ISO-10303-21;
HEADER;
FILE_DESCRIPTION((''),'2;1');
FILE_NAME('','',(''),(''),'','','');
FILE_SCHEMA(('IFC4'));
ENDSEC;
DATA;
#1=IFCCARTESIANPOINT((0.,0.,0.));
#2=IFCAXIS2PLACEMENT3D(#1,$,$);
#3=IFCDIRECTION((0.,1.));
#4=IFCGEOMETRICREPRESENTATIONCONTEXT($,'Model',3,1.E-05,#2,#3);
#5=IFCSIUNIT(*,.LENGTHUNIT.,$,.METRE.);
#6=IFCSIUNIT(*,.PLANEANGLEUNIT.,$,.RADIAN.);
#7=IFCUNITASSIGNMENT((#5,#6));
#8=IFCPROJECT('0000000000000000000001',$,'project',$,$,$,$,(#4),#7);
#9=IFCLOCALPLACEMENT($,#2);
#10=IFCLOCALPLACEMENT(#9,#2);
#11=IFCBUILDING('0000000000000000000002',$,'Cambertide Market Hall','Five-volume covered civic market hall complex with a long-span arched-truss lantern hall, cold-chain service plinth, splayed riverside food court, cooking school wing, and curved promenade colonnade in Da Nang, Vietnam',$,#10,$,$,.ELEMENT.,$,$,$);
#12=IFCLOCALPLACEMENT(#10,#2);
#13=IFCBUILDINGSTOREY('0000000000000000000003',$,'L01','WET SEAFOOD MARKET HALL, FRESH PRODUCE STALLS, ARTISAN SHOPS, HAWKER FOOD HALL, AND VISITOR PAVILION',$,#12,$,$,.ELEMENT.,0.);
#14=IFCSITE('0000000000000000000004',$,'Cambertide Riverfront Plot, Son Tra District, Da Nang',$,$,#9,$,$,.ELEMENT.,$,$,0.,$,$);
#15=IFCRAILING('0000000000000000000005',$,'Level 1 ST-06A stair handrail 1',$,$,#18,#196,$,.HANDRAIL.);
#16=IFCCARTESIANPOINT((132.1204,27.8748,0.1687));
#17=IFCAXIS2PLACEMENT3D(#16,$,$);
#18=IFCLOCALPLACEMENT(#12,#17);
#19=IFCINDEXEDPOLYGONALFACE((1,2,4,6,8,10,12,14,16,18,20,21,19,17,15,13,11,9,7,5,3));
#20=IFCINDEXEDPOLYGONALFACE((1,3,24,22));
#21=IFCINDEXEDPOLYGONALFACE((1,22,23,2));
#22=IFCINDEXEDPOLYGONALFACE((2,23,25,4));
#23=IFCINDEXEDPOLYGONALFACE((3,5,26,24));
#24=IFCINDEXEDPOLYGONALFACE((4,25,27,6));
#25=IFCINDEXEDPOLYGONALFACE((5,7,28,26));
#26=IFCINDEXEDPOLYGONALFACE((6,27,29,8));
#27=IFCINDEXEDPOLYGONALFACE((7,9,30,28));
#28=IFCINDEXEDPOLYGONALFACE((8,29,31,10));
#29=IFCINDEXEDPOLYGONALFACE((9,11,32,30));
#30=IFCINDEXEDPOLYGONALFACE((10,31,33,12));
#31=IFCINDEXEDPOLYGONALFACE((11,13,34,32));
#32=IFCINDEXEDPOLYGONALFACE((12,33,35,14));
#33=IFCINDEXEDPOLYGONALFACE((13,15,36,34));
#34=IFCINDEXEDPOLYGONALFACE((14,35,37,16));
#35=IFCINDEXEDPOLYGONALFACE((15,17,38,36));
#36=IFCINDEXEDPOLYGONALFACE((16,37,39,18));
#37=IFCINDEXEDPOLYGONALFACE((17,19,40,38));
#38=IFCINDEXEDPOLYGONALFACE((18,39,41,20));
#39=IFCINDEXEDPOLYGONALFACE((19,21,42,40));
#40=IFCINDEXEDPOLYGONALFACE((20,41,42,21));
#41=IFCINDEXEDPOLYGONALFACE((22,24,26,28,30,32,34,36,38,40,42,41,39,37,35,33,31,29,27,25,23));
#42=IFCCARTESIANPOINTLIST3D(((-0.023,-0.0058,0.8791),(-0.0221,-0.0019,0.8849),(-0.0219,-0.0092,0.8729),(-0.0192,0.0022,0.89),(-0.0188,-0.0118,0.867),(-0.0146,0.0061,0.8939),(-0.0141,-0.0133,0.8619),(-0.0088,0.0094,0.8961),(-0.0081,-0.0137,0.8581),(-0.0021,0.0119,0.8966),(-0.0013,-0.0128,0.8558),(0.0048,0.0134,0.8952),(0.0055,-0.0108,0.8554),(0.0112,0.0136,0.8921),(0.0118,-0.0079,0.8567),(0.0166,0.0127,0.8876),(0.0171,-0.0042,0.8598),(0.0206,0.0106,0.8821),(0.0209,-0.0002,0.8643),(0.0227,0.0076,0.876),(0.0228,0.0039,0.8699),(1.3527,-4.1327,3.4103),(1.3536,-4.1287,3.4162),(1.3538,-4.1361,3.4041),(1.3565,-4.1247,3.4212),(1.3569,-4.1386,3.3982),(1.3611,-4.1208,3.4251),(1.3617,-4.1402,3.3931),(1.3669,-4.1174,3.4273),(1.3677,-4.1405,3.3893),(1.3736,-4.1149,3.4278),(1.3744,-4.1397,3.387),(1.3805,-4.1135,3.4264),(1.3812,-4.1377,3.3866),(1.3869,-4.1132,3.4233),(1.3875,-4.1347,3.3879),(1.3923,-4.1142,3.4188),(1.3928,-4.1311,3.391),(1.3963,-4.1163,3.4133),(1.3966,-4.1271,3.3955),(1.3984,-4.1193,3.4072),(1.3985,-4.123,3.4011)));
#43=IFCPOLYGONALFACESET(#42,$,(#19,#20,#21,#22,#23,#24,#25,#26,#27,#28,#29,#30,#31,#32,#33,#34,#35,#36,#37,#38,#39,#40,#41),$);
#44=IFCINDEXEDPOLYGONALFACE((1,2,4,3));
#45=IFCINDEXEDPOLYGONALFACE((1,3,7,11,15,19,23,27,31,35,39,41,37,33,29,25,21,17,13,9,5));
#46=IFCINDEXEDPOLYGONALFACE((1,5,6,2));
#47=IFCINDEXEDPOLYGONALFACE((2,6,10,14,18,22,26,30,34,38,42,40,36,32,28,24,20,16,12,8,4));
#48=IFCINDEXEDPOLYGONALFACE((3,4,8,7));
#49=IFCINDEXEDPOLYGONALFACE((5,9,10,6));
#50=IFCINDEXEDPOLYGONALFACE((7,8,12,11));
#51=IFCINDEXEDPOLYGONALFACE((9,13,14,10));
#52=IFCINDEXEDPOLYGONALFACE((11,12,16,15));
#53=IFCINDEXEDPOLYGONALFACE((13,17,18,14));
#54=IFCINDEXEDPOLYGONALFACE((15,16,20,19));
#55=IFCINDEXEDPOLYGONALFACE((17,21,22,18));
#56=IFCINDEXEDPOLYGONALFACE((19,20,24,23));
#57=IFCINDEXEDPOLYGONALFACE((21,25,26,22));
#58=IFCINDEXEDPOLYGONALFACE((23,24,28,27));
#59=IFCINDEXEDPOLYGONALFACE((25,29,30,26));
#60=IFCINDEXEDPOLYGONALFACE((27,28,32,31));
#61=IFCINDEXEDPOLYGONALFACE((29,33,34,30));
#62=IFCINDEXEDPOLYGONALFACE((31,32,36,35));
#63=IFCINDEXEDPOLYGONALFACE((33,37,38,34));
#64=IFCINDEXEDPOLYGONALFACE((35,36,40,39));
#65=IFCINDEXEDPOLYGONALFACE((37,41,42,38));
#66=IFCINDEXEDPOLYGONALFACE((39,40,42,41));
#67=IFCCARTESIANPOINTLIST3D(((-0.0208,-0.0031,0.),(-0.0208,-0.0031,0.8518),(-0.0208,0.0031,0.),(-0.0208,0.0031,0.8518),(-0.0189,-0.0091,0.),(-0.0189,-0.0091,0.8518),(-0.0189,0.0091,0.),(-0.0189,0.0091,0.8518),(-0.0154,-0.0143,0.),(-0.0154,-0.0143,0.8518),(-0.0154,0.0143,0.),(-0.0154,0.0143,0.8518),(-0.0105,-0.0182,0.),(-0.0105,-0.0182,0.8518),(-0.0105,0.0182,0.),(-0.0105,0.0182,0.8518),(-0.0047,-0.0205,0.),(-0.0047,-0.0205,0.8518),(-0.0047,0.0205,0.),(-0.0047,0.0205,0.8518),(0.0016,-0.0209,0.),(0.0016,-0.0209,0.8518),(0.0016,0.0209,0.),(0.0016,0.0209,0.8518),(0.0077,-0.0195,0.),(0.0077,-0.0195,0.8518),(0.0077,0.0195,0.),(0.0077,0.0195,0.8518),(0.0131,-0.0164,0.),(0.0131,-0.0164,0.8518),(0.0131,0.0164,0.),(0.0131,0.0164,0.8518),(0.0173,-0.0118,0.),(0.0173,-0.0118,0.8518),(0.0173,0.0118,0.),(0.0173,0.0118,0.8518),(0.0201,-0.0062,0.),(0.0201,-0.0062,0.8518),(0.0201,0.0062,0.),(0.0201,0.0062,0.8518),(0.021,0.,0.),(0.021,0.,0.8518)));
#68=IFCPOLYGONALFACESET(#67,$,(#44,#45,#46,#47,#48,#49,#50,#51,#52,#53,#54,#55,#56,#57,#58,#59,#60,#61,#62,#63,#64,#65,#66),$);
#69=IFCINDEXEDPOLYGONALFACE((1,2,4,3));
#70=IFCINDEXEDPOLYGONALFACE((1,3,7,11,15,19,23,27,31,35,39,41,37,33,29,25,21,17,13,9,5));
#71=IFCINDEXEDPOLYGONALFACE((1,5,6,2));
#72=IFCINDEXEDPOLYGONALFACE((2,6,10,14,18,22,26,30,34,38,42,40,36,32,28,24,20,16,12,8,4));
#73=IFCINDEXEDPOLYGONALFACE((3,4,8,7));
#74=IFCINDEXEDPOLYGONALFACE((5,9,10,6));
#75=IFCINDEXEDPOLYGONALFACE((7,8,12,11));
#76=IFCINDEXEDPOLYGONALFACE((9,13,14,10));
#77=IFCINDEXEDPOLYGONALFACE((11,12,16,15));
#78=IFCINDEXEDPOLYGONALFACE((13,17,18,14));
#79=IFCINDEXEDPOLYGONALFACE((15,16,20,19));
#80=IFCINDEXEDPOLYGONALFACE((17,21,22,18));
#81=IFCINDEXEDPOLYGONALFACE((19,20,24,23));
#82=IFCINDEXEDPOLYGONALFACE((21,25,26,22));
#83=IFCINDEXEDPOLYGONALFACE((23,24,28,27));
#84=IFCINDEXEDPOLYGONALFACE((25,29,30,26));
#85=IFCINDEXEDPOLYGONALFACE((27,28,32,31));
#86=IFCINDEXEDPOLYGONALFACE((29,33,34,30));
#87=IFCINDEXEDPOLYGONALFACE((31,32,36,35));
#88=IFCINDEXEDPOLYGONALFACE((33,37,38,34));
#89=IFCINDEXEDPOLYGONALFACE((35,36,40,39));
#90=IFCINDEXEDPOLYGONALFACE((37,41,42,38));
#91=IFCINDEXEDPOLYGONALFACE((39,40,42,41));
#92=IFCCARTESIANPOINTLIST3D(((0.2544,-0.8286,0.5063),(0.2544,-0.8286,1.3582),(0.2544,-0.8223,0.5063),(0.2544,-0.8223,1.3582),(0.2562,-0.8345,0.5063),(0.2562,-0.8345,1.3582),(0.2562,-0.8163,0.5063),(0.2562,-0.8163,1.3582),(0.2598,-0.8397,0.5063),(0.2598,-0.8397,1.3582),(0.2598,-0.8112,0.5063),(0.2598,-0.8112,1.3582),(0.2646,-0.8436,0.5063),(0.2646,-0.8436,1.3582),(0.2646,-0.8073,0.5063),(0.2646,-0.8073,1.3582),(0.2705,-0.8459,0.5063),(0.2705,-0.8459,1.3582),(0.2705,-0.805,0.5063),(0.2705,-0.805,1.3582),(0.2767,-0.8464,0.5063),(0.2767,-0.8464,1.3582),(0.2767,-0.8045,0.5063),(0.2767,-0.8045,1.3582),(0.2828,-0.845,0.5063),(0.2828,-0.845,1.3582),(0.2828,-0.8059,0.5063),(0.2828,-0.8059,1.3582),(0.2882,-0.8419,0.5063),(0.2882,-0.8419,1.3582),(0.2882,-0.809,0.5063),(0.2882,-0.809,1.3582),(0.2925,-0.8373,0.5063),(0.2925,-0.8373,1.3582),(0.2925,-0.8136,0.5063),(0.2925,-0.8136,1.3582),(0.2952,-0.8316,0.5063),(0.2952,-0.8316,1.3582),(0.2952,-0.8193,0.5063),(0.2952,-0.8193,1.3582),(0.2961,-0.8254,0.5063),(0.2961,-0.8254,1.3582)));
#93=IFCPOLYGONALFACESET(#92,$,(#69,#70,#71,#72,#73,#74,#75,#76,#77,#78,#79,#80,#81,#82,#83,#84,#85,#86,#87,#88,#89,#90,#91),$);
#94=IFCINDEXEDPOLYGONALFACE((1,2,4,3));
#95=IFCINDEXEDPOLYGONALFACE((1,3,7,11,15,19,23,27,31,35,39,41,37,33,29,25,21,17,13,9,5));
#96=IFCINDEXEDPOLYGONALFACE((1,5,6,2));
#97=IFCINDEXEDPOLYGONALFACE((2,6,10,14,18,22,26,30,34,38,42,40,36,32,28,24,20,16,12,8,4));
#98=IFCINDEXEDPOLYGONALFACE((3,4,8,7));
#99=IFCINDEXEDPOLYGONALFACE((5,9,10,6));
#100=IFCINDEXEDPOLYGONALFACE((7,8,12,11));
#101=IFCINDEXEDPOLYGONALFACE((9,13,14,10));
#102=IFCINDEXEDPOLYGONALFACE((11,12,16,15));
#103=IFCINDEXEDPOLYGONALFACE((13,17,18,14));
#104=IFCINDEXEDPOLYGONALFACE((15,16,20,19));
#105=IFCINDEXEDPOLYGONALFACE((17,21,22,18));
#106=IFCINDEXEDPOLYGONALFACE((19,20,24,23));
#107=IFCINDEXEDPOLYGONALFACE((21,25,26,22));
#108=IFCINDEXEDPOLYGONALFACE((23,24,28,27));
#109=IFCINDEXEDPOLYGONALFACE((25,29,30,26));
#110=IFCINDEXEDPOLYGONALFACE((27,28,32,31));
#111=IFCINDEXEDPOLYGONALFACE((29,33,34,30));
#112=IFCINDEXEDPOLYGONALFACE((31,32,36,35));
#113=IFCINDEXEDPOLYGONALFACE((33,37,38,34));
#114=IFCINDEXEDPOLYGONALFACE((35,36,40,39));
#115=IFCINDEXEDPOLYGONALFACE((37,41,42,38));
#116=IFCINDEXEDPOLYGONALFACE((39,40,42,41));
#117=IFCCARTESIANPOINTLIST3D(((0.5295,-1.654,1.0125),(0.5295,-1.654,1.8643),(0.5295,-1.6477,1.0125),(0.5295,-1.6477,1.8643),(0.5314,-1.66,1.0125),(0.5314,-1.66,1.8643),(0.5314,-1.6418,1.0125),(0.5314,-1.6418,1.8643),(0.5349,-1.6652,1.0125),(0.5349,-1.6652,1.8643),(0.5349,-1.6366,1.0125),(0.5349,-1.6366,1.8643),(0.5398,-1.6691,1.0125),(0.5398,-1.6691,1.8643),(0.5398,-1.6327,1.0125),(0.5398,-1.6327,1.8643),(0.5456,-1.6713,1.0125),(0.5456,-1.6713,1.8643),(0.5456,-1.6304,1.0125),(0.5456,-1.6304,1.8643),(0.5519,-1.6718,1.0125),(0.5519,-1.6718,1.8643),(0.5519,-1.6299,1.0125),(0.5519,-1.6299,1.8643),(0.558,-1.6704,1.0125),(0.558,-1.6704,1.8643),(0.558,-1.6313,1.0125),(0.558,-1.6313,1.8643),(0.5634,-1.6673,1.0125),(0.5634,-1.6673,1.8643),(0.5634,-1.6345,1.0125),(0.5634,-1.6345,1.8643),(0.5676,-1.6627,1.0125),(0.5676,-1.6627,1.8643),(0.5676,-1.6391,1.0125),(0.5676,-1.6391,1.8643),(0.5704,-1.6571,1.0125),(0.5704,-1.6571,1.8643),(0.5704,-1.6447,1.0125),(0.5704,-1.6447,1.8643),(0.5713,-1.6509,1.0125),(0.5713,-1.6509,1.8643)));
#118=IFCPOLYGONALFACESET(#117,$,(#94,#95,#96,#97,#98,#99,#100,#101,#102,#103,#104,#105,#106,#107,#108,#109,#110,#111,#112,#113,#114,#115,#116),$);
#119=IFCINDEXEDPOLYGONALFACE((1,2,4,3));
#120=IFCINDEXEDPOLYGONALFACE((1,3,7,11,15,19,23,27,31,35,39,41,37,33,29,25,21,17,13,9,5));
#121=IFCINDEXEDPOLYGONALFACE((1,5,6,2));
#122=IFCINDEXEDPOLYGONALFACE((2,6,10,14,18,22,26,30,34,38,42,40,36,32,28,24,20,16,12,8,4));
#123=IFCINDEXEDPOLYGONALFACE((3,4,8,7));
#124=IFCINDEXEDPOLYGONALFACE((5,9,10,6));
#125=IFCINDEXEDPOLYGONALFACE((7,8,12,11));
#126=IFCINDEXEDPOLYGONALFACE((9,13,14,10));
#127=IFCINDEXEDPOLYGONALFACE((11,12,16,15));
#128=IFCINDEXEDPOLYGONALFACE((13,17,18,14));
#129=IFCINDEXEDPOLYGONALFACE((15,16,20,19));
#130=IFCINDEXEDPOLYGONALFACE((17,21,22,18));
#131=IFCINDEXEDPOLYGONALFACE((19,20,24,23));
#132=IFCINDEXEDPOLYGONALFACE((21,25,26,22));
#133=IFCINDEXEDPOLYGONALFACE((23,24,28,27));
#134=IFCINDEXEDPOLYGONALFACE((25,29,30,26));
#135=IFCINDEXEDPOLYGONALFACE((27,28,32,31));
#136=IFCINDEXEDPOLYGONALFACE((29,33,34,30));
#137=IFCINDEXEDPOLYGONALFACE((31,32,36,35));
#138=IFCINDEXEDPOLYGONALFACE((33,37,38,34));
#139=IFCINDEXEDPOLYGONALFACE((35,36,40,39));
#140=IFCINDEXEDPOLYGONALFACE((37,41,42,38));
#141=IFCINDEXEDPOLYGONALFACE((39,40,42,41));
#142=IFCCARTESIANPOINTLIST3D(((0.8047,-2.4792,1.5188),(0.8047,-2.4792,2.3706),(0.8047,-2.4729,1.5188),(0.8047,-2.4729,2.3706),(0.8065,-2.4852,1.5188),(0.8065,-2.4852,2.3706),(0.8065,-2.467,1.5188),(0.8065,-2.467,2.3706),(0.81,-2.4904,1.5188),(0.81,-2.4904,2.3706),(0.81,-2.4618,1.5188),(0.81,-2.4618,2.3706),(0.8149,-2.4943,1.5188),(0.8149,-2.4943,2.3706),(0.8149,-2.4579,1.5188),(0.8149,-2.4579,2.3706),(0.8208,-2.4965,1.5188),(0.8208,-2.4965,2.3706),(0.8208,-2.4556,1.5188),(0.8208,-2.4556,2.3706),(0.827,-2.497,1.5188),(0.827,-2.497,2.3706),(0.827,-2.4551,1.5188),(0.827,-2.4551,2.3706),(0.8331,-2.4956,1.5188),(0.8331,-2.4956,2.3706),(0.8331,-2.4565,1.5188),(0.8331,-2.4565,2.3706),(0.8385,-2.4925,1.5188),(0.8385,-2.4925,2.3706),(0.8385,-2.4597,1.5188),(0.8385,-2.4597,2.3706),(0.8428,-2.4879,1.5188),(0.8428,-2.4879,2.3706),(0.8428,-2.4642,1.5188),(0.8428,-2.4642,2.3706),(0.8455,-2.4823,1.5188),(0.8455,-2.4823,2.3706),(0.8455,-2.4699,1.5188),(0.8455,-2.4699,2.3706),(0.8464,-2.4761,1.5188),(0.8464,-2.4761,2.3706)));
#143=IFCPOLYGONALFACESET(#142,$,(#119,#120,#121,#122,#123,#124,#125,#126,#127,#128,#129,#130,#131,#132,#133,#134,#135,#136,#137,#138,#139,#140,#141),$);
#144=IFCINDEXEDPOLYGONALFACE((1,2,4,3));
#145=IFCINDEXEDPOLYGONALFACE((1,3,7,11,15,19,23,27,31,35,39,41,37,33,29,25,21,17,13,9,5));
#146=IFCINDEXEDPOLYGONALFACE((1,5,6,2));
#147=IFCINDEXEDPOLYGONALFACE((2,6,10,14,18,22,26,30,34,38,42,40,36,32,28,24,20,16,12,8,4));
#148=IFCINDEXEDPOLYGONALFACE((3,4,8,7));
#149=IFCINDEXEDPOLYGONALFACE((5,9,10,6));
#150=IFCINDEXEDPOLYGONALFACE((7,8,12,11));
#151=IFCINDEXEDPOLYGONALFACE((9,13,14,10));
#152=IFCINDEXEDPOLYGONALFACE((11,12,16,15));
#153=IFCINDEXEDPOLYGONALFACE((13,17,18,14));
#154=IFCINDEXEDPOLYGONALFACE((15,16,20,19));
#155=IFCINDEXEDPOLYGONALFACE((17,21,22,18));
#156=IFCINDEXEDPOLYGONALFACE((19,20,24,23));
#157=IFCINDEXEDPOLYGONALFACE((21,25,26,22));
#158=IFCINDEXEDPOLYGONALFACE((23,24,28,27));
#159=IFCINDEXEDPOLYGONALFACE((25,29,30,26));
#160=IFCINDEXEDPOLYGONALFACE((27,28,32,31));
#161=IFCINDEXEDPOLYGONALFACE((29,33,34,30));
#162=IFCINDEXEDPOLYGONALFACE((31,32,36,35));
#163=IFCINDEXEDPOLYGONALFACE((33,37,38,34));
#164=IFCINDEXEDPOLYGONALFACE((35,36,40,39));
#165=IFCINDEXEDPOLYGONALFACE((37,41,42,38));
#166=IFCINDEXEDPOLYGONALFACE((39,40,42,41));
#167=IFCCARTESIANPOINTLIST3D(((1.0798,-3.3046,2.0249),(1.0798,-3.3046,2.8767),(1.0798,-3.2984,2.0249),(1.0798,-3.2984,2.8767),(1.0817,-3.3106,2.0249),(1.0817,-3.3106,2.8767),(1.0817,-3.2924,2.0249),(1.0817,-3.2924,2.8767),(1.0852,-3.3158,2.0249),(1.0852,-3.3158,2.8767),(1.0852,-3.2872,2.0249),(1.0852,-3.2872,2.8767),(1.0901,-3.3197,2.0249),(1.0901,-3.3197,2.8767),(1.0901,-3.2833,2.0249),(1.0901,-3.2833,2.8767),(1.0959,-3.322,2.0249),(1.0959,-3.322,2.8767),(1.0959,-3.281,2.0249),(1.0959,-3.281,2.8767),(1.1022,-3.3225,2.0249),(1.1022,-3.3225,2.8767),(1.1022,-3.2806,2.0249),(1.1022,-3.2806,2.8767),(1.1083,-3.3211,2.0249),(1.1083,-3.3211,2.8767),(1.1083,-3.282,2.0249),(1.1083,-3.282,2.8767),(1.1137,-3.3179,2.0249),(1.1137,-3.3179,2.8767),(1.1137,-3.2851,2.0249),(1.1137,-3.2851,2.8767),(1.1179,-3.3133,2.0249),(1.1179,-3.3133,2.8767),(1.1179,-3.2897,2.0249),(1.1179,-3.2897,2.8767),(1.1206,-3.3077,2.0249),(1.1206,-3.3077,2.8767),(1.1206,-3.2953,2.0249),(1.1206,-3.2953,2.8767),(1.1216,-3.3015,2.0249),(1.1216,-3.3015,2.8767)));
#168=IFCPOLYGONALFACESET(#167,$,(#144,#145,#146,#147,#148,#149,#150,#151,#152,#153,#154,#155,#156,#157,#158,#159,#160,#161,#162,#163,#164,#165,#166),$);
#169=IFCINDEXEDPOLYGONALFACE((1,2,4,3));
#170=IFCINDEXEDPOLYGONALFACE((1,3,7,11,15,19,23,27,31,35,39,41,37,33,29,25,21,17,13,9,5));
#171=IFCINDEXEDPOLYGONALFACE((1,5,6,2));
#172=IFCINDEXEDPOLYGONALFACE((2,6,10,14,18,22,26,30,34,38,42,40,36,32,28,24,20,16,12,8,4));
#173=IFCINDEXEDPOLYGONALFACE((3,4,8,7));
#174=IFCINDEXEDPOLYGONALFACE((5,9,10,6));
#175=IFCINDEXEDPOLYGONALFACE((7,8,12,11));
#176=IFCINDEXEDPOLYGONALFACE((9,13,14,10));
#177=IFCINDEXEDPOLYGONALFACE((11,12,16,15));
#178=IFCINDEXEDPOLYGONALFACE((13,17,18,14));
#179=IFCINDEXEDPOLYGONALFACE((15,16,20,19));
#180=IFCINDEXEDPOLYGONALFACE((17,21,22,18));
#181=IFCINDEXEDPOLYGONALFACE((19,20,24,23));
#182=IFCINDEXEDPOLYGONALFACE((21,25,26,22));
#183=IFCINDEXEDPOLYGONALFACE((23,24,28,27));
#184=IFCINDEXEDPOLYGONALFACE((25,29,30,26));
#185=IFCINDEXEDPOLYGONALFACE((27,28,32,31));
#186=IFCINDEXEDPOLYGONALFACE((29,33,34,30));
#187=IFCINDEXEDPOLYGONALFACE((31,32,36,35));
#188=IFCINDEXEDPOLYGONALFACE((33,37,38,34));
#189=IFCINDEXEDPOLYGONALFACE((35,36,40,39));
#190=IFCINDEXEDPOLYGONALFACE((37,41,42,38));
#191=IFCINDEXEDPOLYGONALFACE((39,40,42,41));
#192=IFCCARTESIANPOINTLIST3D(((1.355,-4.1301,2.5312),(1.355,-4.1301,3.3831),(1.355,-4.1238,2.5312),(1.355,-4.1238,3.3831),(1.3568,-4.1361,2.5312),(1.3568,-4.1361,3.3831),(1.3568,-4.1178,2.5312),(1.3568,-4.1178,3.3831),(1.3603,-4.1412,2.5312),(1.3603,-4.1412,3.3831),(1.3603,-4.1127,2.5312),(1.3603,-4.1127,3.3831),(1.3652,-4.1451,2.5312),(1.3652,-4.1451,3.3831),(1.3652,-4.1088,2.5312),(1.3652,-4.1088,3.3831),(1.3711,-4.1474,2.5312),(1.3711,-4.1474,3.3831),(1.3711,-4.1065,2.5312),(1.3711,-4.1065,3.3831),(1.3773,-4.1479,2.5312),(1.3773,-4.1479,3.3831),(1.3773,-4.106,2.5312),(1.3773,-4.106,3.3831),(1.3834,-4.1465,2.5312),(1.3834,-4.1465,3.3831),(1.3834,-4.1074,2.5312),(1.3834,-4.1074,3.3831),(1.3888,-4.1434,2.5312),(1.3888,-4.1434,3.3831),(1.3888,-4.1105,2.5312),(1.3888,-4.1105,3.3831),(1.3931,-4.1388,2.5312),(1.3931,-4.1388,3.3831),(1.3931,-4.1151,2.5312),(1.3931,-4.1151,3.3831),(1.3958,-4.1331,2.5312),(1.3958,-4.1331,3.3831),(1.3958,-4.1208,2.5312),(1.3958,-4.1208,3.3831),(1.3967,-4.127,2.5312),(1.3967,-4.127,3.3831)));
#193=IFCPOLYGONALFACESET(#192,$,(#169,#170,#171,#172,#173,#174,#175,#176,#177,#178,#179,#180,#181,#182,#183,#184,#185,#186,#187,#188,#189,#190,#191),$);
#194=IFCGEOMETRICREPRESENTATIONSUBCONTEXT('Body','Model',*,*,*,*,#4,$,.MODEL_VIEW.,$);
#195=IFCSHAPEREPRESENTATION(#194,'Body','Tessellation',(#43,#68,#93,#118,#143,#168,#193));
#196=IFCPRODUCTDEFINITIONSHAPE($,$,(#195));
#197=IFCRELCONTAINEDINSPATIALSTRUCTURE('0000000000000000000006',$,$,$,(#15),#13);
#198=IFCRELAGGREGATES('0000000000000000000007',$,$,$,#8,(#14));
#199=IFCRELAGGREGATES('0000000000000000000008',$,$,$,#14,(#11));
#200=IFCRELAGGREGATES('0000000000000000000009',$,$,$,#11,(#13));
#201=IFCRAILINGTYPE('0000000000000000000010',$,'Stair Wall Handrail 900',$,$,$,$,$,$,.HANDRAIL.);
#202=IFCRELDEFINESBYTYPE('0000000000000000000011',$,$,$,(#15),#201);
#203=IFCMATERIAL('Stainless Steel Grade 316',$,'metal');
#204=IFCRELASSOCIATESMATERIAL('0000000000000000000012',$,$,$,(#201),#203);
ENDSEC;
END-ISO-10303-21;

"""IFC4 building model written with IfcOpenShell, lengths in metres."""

from ifc_helpers import new_model, si_unit, direction, frame, origin, origin_2d, place, context, subcontext, project, spatial, circle, extrude, material, type_object, element, save


model = new_model("IFC4")

# Units and contexts
model_context = context("Model", 3, precision=1e-05, world=origin(), true_north=direction((0.0, 1.0)))
body_context = subcontext(model_context, "Body", "Model", "MODEL_VIEW")
ifc_project = project(units=[si_unit("LENGTHUNIT", "METRE"), si_unit("PLANEANGLEUNIT", "RADIAN")], contexts=[model_context])

# Site, building, storey
site_placement = place(None, origin())
site = spatial("IfcSite", under=ifc_project, at=site_placement, Name="Cambertide Riverfront Plot, Son Tra District, Da Nang", CompositionType="ELEMENT", RefElevation=0.0)
building_placement = place(site_placement, origin())
building = spatial("IfcBuilding", under=site, at=building_placement, Name="Cambertide Market Hall", Description="Five-volume covered civic market hall complex with a long-span arched-truss lantern hall, cold-chain service plinth, splayed riverside food court, cooking school wing, and curved promenade colonnade in Da Nang, Vietnam", CompositionType="ELEMENT")
storey_placement = place(building_placement, origin())
storey = spatial("IfcBuildingStorey", under=building, at=storey_placement, Name="L01", Description="WET SEAFOOD MARKET HALL, FRESH PRODUCE STALLS, ARTISAN SHOPS, HAWKER FOOD HALL, AND VISITOR PAVILION", CompositionType="ELEMENT", Elevation=0.0)

# Railing
ifc_material_1 = material(Name="Stainless Steel Grade 316", Category="metal")
railing_type_1 = type_object("IfcRailingType", Name="Stair Wall Handrail 900", PredefinedType="HANDRAIL", material=ifc_material_1)
railing_1_placement = place(storey_placement, frame((132.1204, 27.8748, 0.1687)))
element("IfcRailing", 1, at=railing_1_placement, inside=storey, type_object=railing_type_1, Name="Level 1 ST-06A stair handrail 1", PredefinedType="HANDRAIL", context=body_context, shape_type="SweptSolid", body=[
    extrude(circle(Radius=0.0239, at=origin_2d()), frame((0.0, 0.0, 0.876), z_axis=(0.27334, -0.81997, 0.502926), x_axis=(0.948678, 0.316245, 0.0)), (0.0, 0.0, 1.0), 5.033),
    extrude(circle(Radius=0.021, at=origin_2d()), origin(), (0.0, 0.0, 1.0), 0.8518),
    extrude(circle(Radius=0.021, at=origin_2d()), frame((0.2751, -0.8254, 0.5063)), (0.0, 0.0, 1.0), 0.8518),
    extrude(circle(Radius=0.021, at=origin_2d()), frame((0.5503, -1.6509, 1.0125)), (0.0, 0.0, 1.0), 0.8518),
    extrude(circle(Radius=0.021, at=origin_2d()), frame((0.8254, -2.4761, 1.5188)), (0.0, 0.0, 1.0), 0.8518),
    extrude(circle(Radius=0.021, at=origin_2d()), frame((1.1006, -3.3015, 2.0249)), (0.0, 0.0, 1.0), 0.8518),
    extrude(circle(Radius=0.021, at=origin_2d()), frame((1.3757, -4.127, 2.5312)), (0.0, 0.0, 1.0), 0.8518),
])

save(model, "model.ifc")
